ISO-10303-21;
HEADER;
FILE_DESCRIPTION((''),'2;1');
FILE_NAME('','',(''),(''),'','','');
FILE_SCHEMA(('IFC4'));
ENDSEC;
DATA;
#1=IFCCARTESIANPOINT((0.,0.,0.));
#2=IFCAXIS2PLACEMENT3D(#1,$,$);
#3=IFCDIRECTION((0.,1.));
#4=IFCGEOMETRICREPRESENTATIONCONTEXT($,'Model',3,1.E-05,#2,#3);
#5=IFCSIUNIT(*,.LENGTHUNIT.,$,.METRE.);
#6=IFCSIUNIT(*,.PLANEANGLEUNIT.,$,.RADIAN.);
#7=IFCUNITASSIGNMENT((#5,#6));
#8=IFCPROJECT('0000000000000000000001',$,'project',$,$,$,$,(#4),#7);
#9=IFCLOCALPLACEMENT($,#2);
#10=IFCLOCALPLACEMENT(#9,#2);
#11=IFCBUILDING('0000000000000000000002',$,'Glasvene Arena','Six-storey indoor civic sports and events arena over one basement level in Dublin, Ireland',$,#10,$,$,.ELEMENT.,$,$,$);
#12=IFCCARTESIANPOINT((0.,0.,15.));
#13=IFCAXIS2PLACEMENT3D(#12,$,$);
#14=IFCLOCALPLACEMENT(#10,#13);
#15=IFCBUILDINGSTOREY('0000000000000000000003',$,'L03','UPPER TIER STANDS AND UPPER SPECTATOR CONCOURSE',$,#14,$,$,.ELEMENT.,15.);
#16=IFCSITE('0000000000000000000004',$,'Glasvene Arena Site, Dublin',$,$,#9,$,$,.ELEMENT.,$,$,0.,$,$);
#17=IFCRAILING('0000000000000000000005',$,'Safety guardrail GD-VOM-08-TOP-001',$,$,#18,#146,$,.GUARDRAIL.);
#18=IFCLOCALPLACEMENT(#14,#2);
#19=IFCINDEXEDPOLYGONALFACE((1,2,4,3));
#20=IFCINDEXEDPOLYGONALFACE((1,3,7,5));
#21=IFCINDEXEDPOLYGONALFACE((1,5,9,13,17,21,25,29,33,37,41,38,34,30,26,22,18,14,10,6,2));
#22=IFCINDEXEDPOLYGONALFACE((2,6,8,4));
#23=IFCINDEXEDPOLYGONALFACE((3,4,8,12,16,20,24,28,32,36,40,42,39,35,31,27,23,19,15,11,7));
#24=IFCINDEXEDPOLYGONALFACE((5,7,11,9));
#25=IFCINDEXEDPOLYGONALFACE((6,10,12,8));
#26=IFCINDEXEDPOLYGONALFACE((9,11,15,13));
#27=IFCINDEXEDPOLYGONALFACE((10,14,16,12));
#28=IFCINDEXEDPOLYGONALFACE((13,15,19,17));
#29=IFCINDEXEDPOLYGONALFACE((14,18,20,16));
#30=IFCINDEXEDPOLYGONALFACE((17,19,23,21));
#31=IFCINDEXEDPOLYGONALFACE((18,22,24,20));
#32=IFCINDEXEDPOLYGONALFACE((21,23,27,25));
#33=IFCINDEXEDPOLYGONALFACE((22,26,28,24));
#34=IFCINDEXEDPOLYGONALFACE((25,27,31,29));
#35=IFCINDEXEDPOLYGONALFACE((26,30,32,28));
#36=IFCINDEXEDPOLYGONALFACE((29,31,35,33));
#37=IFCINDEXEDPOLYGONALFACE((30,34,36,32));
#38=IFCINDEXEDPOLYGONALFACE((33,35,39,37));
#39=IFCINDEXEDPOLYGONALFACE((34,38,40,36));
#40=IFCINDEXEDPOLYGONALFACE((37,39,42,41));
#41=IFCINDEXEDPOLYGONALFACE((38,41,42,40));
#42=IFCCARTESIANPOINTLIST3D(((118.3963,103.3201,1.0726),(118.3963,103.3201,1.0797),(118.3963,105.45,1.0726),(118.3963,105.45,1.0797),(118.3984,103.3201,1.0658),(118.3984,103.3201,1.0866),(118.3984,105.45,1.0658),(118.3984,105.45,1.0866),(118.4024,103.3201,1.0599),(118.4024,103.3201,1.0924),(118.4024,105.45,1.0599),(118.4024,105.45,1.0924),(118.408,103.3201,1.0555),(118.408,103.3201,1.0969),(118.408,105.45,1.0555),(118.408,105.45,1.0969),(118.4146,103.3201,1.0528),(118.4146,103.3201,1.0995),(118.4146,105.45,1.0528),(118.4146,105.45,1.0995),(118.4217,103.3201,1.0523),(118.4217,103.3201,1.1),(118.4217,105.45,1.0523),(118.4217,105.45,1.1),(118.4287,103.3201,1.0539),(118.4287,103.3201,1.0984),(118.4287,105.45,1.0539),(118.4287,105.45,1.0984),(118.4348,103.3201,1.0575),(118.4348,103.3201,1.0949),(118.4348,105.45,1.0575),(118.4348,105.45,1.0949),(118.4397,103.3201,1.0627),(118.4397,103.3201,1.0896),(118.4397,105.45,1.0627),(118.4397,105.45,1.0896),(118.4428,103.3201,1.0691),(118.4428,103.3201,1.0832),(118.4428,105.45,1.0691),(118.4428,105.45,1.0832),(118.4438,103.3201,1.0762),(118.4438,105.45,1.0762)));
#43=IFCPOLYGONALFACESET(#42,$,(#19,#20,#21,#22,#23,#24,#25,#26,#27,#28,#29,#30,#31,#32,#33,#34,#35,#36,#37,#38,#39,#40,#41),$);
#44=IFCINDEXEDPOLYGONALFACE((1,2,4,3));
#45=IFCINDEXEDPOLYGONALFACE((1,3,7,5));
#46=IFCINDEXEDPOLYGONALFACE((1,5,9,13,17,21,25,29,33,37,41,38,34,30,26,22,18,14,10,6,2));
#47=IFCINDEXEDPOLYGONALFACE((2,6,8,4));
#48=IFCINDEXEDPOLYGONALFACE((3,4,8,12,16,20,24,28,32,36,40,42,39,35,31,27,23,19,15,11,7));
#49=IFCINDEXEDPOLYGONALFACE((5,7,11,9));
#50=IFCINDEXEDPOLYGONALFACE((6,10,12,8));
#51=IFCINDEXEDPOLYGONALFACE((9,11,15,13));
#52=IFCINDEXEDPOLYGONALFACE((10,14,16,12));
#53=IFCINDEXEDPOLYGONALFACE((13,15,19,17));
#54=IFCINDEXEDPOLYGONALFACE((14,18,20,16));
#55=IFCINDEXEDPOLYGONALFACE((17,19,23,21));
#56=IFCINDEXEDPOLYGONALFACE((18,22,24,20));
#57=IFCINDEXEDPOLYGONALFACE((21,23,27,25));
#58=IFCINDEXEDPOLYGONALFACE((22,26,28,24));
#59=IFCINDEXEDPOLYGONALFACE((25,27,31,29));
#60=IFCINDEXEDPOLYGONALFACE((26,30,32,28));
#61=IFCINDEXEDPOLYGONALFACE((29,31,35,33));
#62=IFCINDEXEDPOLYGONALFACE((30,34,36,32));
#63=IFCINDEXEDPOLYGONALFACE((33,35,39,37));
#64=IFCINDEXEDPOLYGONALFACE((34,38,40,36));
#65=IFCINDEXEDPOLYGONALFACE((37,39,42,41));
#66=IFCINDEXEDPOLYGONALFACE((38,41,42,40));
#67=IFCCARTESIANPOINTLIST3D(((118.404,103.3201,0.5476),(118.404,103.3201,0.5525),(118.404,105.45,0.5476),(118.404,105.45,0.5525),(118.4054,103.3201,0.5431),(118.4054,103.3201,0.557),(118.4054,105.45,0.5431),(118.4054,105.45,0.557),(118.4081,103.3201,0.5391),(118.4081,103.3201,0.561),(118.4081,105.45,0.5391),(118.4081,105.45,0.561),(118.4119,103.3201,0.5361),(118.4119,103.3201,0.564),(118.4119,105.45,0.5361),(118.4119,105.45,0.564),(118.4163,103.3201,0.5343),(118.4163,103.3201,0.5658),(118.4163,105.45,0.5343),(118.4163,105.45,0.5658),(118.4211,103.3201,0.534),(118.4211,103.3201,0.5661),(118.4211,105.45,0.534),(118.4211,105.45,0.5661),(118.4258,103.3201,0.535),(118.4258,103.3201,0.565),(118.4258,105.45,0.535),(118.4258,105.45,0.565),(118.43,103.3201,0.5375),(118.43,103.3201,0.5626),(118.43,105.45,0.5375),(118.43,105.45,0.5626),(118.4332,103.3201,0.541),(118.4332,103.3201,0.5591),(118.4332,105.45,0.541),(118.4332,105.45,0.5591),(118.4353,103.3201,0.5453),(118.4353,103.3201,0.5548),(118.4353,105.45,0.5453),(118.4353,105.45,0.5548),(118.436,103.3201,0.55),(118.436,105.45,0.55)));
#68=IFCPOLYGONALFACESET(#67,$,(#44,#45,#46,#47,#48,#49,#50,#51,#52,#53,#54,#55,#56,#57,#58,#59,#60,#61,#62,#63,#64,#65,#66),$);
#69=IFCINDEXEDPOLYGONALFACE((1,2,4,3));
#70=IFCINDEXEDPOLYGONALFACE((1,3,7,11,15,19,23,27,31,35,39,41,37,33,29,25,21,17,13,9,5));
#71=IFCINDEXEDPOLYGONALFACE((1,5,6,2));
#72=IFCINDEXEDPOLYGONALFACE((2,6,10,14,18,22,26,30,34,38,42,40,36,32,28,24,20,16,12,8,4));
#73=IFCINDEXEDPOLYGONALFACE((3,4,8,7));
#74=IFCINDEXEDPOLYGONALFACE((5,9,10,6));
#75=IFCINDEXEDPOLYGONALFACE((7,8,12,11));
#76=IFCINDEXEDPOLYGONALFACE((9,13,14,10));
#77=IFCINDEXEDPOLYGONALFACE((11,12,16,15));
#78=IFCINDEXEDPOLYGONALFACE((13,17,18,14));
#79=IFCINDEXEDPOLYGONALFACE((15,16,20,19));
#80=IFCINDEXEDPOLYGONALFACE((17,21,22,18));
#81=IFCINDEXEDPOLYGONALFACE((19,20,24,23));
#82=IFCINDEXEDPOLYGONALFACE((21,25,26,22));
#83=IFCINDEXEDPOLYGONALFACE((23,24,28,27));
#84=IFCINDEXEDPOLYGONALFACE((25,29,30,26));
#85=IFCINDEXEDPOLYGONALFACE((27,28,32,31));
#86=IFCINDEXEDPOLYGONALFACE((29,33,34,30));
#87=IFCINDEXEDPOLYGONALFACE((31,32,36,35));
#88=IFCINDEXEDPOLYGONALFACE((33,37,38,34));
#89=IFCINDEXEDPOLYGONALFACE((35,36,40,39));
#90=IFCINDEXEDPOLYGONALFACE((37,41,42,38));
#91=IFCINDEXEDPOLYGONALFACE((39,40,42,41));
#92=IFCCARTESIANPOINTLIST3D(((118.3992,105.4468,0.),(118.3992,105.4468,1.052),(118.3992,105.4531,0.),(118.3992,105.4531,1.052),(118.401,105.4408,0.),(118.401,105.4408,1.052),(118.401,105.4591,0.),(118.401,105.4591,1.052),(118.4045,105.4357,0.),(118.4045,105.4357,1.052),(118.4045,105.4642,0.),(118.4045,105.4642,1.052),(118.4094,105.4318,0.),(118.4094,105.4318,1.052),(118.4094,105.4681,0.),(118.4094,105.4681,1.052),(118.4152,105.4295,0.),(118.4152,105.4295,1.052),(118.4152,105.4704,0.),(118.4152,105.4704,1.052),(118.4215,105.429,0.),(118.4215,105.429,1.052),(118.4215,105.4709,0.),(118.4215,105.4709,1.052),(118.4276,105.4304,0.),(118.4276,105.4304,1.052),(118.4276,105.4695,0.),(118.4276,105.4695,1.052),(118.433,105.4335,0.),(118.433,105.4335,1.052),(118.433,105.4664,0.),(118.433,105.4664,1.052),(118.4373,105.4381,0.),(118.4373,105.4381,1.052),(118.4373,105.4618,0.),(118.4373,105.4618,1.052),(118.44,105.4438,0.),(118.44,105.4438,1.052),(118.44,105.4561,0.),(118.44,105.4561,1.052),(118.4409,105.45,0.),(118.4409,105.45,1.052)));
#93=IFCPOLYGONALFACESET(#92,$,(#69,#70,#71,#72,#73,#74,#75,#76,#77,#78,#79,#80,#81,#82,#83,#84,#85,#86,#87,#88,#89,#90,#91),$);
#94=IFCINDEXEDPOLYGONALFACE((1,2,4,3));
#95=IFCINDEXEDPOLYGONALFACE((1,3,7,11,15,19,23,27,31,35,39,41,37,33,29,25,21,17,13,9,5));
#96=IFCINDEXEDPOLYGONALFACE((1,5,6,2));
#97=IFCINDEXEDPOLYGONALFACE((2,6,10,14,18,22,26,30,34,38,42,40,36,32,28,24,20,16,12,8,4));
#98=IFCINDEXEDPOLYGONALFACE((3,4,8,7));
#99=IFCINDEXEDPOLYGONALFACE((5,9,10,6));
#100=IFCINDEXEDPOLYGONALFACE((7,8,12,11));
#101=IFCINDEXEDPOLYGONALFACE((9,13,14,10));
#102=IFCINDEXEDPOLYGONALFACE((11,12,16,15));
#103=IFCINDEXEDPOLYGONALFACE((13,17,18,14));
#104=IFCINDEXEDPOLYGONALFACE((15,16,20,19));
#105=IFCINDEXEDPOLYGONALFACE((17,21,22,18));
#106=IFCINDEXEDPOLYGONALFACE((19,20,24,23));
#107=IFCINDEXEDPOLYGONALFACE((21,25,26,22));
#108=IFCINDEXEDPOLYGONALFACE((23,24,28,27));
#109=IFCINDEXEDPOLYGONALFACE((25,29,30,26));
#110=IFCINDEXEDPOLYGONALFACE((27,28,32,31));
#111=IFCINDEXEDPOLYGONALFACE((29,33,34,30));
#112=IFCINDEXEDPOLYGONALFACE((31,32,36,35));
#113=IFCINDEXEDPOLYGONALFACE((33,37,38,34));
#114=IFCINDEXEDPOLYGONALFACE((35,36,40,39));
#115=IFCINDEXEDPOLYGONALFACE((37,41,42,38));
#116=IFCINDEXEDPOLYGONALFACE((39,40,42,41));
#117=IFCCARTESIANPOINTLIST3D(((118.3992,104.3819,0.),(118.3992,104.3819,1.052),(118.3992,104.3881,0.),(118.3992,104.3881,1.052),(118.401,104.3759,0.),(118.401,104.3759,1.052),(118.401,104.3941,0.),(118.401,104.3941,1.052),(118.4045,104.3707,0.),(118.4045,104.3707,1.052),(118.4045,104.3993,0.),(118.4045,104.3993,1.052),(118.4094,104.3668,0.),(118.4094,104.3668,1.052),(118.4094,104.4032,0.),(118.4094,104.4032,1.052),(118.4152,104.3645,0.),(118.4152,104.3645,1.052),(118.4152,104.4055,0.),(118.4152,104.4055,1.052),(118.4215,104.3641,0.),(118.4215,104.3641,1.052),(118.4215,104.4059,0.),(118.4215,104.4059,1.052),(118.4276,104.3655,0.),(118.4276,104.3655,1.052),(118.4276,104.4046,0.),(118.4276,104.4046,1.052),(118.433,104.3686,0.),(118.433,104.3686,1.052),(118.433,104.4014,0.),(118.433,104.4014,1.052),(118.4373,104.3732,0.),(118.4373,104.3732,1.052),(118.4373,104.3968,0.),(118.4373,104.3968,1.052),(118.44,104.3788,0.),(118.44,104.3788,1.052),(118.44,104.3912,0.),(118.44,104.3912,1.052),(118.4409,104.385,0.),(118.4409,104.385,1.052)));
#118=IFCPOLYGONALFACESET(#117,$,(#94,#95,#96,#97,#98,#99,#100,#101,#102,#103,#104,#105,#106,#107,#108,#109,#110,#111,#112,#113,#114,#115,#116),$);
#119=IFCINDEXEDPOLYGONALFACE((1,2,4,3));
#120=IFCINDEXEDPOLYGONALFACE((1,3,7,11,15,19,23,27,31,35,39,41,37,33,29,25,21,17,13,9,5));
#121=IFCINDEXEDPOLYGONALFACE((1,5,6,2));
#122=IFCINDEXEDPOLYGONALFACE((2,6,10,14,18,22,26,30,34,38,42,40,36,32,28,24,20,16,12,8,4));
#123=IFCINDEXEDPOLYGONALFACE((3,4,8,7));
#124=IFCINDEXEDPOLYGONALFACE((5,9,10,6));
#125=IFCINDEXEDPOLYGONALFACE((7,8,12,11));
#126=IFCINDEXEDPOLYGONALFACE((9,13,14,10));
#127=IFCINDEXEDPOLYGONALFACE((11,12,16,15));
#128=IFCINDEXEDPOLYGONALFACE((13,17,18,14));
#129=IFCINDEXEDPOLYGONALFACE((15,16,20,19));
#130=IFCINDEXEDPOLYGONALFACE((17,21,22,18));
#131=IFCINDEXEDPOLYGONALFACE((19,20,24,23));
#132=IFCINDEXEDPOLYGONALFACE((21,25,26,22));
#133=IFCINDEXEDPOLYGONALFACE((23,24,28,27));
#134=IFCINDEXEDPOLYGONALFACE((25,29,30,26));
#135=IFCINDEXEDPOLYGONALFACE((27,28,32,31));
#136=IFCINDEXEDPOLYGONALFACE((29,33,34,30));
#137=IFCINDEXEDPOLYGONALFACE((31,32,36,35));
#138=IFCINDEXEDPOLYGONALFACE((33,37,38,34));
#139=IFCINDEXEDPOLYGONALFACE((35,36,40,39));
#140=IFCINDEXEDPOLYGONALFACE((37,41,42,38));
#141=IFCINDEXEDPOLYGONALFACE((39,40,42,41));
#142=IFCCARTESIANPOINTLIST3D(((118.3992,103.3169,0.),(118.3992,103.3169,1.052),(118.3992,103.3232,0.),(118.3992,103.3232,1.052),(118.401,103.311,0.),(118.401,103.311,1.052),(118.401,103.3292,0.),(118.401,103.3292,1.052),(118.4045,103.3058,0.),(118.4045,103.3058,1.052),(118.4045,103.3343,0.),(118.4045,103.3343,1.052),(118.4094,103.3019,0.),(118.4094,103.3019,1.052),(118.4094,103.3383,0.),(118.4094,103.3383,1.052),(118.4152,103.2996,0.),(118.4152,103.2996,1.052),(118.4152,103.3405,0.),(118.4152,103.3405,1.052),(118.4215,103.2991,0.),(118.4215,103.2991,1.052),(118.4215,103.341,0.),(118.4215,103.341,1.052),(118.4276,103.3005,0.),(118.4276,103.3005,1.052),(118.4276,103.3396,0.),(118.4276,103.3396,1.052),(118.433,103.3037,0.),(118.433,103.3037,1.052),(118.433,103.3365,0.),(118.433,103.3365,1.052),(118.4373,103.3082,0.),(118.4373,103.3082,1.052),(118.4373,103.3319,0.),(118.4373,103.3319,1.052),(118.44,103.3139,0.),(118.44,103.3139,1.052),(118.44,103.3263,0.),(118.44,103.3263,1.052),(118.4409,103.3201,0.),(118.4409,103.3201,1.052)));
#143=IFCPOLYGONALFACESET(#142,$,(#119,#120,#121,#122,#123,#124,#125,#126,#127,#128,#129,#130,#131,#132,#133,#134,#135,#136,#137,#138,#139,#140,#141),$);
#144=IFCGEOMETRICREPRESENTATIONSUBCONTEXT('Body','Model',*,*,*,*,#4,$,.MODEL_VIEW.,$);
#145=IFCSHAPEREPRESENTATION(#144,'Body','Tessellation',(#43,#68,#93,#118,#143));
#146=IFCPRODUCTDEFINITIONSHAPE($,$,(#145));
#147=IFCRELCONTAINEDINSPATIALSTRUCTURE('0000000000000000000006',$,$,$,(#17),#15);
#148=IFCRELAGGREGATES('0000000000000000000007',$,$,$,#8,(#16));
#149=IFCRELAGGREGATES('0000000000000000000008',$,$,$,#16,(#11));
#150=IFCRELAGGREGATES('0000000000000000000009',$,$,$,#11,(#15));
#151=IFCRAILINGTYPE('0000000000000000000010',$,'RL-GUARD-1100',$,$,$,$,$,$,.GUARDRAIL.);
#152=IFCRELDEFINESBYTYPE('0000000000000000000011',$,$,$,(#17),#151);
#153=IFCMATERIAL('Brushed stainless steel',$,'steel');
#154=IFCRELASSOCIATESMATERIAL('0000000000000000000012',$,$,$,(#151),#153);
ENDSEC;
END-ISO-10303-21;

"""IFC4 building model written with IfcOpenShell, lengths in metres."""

from ifc_helpers import new_model, si_unit, direction, frame, origin, origin_2d, place, context, subcontext, project, spatial, circle, extrude, material, type_object, element, save


model = new_model("IFC4")

# Units and contexts
model_context = context("Model", 3, precision=1e-05, world=origin(), true_north=direction((0.0, 1.0)))
body_context = subcontext(model_context, "Body", "Model", "MODEL_VIEW")
ifc_project = project(units=[si_unit("LENGTHUNIT", "METRE"), si_unit("PLANEANGLEUNIT", "RADIAN")], contexts=[model_context])

# Site, building, storey
site_placement = place(None, origin())
site = spatial("IfcSite", under=ifc_project, at=site_placement, Name="Glasvene Arena Site, Dublin", CompositionType="ELEMENT", RefElevation=0.0)
building_placement = place(site_placement, origin())
building = spatial("IfcBuilding", under=site, at=building_placement, Name="Glasvene Arena", Description="Six-storey indoor civic sports and events arena over one basement level in Dublin, Ireland", CompositionType="ELEMENT")
storey_placement = place(building_placement, frame((0.0, 0.0, 15.0)))
storey = spatial("IfcBuildingStorey", under=building, at=storey_placement, Name="L03", Description="UPPER TIER STANDS AND UPPER SPECTATOR CONCOURSE", CompositionType="ELEMENT", Elevation=15.0)

# Railing
ifc_material_1 = material(Name="Brushed stainless steel", Category="steel")
railing_type = type_object("IfcRailingType", Name="RL-GUARD-1100", PredefinedType="GUARDRAIL", material=ifc_material_1)
railing_1_placement = place(storey_placement, frame((118.4199, 105.45, 0.0)))
element("IfcRailing", 1, at=railing_1_placement, inside=storey, type_object=railing_type, Name="Safety guardrail GD-VOM-08-TOP-001", PredefinedType="GUARDRAIL", context=body_context, shape_type="SweptSolid", body=[
    extrude(circle(Radius=0.0239, at=origin_2d()), frame((0.0, 0.0, 1.0762), z_axis=(0.0, -1.0, 0.0), x_axis=(1.0, 0.0, 0.0)), (0.0, 0.0, 1.0), 2.1299),
    extrude(circle(Radius=0.0161, at=origin_2d()), frame((0.0, 0.0, 0.55), z_axis=(0.0, -1.0, 0.0), x_axis=(1.0, 0.0, 0.0)), (0.0, 0.0, 1.0), 2.1299),
    extrude(circle(Radius=0.021, at=origin_2d()), origin(), (0.0, 0.0, 1.0), 1.052),
    extrude(circle(Radius=0.021, at=origin_2d()), frame((0.0, -1.0649, 0.0)), (0.0, 0.0, 1.0), 1.052),
    extrude(circle(Radius=0.021, at=origin_2d()), frame((0.0, -2.1299, 0.0)), (0.0, 0.0, 1.0), 1.052),
])

save(model, "model.ifc")
